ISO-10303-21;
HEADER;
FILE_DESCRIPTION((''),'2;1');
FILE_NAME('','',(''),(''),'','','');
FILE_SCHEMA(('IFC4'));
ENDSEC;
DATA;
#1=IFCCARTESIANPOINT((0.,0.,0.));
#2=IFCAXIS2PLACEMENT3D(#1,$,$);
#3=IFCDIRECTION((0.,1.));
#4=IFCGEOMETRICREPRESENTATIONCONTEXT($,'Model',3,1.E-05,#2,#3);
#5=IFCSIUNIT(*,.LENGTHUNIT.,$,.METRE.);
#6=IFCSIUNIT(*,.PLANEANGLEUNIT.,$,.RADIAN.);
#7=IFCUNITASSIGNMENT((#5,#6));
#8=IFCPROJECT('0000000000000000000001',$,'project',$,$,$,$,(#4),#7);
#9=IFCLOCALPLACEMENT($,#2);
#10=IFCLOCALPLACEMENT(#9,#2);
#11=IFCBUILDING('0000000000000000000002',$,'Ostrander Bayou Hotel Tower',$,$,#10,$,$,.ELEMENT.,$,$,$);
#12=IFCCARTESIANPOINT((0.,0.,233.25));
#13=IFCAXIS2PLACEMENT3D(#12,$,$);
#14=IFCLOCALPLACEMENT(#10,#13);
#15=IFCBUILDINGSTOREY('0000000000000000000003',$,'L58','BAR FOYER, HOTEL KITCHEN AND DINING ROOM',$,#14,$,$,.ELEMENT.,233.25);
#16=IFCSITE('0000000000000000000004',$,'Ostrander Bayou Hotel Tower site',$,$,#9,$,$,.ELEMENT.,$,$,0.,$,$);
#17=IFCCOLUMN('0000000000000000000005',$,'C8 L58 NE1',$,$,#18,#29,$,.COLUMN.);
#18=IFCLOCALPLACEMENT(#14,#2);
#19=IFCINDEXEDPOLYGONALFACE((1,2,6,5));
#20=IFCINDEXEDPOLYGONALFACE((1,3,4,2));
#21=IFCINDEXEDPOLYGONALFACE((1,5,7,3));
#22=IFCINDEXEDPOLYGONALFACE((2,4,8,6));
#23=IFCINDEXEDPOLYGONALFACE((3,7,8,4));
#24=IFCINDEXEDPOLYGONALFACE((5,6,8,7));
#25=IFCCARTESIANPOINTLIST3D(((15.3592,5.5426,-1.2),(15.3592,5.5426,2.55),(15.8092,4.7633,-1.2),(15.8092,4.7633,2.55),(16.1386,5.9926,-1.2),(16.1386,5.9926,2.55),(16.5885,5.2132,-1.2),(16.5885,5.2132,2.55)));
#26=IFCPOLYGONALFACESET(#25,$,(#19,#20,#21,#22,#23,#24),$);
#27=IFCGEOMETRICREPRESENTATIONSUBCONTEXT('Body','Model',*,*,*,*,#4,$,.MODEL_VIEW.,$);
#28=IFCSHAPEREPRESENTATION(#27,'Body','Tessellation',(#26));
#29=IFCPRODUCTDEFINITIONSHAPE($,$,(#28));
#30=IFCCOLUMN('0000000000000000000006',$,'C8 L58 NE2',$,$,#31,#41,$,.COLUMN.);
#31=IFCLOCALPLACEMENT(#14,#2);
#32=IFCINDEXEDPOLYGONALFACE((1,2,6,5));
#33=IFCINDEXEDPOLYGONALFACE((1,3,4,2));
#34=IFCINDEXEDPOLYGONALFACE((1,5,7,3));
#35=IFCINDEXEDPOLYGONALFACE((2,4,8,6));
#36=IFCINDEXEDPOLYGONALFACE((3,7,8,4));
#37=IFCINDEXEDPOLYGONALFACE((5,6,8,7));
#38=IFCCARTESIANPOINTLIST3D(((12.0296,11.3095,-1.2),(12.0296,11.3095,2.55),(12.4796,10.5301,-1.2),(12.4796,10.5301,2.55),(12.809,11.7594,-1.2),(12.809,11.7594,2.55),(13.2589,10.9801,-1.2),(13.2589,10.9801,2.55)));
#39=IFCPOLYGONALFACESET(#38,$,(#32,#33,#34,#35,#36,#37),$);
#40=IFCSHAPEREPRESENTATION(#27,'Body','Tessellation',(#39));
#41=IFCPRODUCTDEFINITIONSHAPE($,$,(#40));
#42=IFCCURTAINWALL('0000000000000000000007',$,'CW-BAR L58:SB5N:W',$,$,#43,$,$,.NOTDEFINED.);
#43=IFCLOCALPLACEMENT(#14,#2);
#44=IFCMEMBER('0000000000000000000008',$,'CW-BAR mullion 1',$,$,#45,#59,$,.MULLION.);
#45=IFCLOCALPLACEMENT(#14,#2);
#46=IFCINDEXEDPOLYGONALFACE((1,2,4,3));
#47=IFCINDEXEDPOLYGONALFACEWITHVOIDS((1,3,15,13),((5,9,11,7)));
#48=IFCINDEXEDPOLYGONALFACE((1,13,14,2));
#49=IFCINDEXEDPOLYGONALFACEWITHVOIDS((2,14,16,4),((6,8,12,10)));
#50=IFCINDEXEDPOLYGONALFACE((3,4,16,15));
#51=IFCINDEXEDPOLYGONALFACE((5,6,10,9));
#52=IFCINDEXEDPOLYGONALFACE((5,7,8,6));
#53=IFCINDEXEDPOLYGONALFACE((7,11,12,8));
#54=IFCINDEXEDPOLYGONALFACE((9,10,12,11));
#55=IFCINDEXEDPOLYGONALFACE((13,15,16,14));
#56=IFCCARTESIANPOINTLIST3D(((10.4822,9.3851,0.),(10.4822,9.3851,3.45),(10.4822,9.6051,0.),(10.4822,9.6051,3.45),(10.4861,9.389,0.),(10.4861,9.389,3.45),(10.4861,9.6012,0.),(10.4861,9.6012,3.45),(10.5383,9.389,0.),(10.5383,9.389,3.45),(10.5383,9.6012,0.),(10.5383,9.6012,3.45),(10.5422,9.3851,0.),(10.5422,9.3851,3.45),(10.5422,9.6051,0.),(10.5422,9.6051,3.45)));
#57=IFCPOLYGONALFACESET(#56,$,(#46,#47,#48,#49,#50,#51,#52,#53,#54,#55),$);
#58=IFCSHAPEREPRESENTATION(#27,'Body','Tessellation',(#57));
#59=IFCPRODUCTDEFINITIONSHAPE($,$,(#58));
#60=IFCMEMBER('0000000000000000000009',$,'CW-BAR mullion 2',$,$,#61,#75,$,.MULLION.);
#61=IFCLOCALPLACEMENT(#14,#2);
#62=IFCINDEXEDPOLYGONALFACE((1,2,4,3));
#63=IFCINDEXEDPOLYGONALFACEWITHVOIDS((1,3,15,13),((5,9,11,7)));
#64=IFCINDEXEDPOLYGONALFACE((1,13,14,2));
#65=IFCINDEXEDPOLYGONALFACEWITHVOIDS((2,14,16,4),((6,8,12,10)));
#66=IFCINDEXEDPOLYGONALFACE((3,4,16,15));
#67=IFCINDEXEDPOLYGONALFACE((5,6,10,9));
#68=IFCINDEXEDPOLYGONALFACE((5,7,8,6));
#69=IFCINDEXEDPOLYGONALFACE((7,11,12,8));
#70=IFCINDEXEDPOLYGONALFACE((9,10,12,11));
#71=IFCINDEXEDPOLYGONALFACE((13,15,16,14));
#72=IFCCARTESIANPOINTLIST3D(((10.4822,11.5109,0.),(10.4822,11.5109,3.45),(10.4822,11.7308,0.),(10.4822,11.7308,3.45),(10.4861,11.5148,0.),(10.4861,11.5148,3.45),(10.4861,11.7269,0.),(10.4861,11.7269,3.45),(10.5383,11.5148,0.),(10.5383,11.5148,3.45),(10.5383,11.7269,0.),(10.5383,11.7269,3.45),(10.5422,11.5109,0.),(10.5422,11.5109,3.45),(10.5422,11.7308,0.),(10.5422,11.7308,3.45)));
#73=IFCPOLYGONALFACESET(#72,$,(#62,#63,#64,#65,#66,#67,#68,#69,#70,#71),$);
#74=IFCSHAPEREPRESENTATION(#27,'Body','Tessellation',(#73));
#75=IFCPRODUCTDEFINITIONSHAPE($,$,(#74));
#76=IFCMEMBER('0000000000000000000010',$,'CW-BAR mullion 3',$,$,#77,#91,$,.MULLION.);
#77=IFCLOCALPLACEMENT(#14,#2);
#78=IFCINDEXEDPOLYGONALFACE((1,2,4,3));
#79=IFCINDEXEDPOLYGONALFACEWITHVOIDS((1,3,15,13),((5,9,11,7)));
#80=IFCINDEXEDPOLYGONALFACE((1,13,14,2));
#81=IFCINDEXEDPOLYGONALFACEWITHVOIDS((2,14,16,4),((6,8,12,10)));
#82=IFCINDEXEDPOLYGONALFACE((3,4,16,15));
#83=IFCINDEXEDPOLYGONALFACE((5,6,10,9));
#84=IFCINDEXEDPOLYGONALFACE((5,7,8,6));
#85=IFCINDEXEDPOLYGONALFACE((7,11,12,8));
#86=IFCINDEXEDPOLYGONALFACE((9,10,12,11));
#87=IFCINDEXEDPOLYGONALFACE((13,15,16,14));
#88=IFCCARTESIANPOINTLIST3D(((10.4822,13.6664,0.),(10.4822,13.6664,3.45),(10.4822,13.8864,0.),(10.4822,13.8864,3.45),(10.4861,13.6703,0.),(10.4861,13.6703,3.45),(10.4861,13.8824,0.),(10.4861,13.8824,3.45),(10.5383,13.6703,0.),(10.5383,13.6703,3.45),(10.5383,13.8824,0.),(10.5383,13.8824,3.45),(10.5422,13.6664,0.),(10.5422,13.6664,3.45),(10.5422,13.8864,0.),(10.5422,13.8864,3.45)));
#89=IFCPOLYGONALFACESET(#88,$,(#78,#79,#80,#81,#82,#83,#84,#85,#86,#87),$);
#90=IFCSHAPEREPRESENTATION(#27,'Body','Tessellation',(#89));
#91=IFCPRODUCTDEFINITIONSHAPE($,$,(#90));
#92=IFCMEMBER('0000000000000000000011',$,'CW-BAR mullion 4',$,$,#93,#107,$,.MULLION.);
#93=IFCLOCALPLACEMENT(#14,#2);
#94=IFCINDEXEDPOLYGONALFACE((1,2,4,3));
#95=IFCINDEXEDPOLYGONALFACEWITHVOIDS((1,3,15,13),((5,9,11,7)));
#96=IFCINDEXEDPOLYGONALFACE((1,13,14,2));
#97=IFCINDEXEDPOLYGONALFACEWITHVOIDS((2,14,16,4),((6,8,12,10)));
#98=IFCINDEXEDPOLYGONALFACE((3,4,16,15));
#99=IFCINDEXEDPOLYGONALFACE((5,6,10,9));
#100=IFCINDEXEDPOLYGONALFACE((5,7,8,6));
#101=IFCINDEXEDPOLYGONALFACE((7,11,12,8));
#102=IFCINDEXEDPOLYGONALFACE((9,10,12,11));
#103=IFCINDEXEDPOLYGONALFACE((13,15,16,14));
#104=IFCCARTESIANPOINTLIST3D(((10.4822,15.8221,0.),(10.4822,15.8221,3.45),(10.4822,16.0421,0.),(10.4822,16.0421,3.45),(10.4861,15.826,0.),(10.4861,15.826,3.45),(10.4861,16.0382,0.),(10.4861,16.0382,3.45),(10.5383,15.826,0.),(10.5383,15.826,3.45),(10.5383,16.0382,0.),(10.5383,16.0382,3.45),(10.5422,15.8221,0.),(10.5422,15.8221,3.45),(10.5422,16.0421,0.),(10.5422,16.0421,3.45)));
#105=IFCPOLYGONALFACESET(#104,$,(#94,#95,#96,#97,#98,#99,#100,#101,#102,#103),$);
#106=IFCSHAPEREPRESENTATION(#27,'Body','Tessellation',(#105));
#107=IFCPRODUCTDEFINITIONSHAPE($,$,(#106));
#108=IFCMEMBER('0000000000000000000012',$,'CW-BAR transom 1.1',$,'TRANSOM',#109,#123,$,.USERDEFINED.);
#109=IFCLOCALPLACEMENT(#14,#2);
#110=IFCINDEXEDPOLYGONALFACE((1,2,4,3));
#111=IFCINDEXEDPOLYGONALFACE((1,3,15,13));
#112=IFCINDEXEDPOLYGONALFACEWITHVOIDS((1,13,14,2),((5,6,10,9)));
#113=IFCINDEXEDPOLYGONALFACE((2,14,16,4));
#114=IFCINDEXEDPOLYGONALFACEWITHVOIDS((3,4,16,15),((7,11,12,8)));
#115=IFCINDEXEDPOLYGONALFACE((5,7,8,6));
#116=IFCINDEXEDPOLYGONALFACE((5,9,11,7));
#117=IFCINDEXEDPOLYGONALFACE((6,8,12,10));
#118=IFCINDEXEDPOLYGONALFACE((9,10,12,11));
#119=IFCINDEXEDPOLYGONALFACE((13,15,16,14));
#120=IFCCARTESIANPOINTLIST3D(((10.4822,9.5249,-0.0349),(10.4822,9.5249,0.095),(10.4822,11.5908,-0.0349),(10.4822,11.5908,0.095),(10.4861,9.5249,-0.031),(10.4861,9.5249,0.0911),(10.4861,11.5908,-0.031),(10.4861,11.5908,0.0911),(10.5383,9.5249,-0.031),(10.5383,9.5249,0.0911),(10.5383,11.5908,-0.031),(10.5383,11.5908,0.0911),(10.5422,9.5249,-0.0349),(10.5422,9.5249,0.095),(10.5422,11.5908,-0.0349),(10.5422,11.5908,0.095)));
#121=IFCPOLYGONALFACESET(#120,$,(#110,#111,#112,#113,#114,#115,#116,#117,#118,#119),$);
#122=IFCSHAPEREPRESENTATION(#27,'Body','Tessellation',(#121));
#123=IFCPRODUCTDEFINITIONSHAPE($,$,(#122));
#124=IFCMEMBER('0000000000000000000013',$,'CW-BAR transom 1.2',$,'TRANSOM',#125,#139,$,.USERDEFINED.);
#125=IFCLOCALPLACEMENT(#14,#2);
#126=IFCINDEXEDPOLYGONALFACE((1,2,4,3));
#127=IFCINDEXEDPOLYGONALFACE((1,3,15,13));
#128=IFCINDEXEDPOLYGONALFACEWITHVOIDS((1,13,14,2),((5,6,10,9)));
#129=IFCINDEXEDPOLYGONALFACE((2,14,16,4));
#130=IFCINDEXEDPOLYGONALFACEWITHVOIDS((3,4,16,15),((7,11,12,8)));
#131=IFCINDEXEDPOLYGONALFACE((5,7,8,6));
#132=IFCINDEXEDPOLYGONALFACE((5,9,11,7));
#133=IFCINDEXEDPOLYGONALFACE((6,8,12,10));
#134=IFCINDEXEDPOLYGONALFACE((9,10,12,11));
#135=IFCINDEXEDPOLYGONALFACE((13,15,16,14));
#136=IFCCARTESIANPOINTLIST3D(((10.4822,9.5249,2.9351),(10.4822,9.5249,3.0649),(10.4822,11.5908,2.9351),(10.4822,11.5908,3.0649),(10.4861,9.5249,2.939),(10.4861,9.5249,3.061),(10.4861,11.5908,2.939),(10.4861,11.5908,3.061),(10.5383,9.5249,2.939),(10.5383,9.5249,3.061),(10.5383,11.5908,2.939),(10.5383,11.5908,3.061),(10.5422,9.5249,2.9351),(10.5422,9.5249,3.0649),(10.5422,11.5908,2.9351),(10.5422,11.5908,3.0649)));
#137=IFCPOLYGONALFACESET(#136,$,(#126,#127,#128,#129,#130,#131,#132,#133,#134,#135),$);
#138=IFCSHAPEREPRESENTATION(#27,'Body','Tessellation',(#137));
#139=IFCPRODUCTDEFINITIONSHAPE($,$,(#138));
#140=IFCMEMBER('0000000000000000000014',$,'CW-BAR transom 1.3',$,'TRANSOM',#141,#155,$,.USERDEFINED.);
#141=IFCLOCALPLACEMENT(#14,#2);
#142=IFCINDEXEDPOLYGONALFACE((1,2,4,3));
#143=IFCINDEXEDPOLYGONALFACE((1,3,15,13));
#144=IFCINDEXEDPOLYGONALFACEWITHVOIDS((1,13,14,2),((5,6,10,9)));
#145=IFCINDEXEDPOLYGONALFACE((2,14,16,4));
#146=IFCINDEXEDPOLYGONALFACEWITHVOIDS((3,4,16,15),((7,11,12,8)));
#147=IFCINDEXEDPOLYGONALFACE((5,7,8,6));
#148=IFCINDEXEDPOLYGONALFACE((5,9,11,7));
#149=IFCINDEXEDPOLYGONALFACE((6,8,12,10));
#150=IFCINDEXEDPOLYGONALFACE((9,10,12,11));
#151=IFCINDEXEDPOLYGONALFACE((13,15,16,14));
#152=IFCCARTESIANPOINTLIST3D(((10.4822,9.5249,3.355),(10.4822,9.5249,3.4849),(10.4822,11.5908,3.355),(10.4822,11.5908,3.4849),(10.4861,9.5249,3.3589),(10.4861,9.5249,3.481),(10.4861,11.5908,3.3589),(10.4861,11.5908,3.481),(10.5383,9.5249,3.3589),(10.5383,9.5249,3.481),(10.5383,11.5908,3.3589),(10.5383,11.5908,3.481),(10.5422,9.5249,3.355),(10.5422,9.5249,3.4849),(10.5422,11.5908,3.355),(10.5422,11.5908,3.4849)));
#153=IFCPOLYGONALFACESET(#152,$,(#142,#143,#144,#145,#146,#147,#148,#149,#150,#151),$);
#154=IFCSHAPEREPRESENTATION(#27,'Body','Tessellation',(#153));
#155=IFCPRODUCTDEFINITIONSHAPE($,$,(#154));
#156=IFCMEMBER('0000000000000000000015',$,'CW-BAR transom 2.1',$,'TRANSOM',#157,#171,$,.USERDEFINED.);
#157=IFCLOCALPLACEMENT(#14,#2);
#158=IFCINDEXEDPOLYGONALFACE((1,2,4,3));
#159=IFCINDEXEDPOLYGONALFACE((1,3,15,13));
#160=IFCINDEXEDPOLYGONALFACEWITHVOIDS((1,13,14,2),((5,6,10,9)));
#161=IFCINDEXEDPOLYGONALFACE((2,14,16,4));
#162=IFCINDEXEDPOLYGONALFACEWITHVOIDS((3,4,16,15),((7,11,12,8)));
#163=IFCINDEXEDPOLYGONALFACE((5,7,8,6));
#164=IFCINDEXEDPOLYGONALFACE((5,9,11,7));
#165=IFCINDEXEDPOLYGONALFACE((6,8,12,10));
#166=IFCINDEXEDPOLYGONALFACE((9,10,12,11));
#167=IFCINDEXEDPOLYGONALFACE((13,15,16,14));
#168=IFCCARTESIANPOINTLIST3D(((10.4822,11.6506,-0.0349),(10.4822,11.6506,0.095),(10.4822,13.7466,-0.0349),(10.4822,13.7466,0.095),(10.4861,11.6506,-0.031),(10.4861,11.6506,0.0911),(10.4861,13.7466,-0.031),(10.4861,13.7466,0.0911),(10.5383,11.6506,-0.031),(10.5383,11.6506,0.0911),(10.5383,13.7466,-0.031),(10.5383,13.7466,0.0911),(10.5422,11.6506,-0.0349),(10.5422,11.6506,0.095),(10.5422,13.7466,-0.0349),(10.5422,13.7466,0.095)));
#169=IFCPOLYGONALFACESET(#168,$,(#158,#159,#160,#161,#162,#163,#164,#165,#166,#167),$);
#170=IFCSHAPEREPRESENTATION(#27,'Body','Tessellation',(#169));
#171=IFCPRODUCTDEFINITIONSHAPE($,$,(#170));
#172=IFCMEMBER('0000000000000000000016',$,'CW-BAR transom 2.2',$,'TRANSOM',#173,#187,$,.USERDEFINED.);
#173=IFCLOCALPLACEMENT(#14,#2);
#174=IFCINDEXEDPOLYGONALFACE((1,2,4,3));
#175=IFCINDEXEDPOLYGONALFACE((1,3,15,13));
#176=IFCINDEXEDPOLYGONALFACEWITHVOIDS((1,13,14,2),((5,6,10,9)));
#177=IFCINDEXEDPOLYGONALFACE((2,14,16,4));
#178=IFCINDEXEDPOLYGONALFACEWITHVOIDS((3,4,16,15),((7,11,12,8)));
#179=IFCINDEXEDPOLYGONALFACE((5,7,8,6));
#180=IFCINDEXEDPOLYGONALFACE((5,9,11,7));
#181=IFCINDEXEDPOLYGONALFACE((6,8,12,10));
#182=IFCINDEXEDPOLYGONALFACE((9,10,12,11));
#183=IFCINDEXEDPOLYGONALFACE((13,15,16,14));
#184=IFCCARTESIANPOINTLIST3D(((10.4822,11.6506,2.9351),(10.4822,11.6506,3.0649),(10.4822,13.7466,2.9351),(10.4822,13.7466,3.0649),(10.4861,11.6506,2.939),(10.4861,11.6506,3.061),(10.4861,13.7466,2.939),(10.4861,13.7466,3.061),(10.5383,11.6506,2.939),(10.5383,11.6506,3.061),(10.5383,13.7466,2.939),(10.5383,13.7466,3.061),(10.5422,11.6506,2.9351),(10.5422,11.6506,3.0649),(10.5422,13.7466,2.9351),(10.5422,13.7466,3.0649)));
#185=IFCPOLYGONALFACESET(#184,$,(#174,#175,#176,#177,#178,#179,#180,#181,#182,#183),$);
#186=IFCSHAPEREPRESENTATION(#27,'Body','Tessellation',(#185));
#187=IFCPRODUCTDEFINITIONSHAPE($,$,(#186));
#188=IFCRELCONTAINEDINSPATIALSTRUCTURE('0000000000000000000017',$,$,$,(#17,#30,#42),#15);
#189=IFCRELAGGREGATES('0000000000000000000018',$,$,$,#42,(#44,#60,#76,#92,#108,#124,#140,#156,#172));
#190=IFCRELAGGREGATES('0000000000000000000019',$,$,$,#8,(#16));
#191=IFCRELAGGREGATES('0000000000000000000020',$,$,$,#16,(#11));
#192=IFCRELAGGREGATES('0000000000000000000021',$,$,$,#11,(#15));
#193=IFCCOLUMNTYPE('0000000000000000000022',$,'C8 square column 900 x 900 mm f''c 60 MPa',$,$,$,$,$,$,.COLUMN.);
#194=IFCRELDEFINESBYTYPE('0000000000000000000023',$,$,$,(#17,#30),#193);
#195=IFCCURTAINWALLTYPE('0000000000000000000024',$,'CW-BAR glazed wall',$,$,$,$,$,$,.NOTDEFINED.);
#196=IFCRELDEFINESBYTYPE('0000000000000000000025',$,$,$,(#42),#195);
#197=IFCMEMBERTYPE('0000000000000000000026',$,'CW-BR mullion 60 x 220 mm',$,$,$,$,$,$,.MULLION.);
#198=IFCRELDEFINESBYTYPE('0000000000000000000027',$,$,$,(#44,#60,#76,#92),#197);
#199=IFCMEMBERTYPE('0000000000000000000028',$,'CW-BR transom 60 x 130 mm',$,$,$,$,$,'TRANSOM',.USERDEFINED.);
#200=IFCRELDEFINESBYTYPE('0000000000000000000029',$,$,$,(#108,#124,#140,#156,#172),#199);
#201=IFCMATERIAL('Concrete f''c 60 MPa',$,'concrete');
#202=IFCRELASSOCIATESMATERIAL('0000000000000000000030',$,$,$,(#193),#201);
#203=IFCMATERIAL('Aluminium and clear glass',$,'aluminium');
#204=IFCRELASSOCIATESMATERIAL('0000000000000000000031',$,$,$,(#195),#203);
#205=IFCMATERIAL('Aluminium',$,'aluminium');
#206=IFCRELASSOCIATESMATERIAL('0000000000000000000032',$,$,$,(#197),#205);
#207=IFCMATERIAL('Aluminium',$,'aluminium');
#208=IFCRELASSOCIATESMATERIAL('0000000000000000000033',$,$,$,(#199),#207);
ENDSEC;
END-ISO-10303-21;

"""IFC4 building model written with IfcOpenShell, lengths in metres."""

from ifc_helpers import new_model, si_unit, direction, frame, origin, origin_2d, place, context, subcontext, project, spatial, rectangle, hollow_rectangle, extrude, material, material_profile, profile_set, type_object, element, aggregate, save


model = new_model("IFC4")

# Units and contexts
model_context = context("Model", 3, precision=1e-05, world=origin(), true_north=direction((0.0, 1.0)))
body_context = subcontext(model_context, "Body", "Model", "MODEL_VIEW")
ifc_project = project(units=[si_unit("LENGTHUNIT", "METRE"), si_unit("PLANEANGLEUNIT", "RADIAN")], contexts=[model_context])

# Site, building, storey
site_placement = place(None, origin())
site = spatial("IfcSite", under=ifc_project, at=site_placement, Name="Ostrander Bayou Hotel Tower site", CompositionType="ELEMENT", RefElevation=0.0)
building_placement = place(site_placement, origin())
building = spatial("IfcBuilding", under=site, at=building_placement, Name="Ostrander Bayou Hotel Tower", CompositionType="ELEMENT")
storey_placement = place(building_placement, frame((0.0, 0.0, 233.25)))
storey = spatial("IfcBuildingStorey", under=building, at=storey_placement, Name="L58", Description="BAR FOYER, HOTEL KITCHEN AND DINING ROOM", CompositionType="ELEMENT", Elevation=233.25)

# Columns
ifc_material_1 = material(Name="Concrete f'c 60 MPa", Category="concrete")
ifc_material_profile_1 = material_profile(ifc_material_1, rectangle(XDim=0.8999, YDim=0.8999, at=origin_2d()))
ifc_profile_set_1 = profile_set([ifc_material_profile_1], Name="Concrete f'c 60 MPa")
column_type = type_object("IfcColumnType", Name="C8 square column 900 x 900 mm f'c 60 MPa", PredefinedType="COLUMN", material=ifc_profile_set_1)
for number, where, z_axis, x_axis, name in (
    (1, (15.9739, 5.3779, -1.2), (0.0, 0.0, 1.0), (0.5, -0.866025, 0.0), "C8 L58 NE1"),
    (2, (12.6443, 11.1448, -1.2), (0.0, 0.0, 1.0), (0.5, -0.866025, 0.0), "C8 L58 NE2"),
):
    element("IfcColumn", number, at=place(storey_placement, frame(where, z_axis=z_axis, x_axis=x_axis)), inside=storey, type_object=column_type, Name=name, PredefinedType="COLUMN", context=body_context, shape_type="SweptSolid", body=[
        extrude(rectangle(XDim=0.8999, YDim=0.8999, at=origin_2d()), origin(), (0.0, 0.0, 1.0), 3.75),
    ])

# Curtain wall, members
ifc_material_2 = material(Name="Aluminium and clear glass", Category="aluminium")
curtain_wall_type = type_object("IfcCurtainWallType", Name="CW-BAR glazed wall", PredefinedType="NOTDEFINED", material=ifc_material_2)
curtain_wall_placement = place(storey_placement, origin())
curtain_wall = element("IfcCurtainWall", 3, at=curtain_wall_placement, inside=storey, type_object=curtain_wall_type, Name="CW-BAR L58:SB5N:W", PredefinedType="NOTDEFINED")
ifc_material_3 = material(Name="Aluminium", Category="aluminium")
ifc_material_profile_2 = material_profile(ifc_material_3, hollow_rectangle(XDim=0.0601, YDim=0.22, WallThickness=0.0039, at=origin_2d()))
ifc_profile_set_2 = profile_set([ifc_material_profile_2], Name="Aluminium")
member_type_1 = type_object("IfcMemberType", Name="CW-BR mullion 60 x 220 mm", PredefinedType="MULLION", material=ifc_profile_set_2)
member_1_placement = place(storey_placement, frame((10.5122, 9.4951, 0.0), z_axis=(0.0, 0.0, 1.0), x_axis=(-1.0, 0.0, 0.0)))
member_1 = element("IfcMember", 4, at=member_1_placement, type_object=member_type_1, Name="CW-BAR mullion 1", PredefinedType="MULLION", context=body_context, shape_type="SweptSolid", body=[
    extrude(hollow_rectangle(XDim=0.0601, YDim=0.22, WallThickness=0.0039, at=origin_2d()), origin(), (0.0, 0.0, 1.0), 3.45),
])
member_2_placement = place(storey_placement, frame((10.5122, 11.6208, 0.0), z_axis=(0.0, 0.0, 1.0), x_axis=(-1.0, 0.0, 0.0)))
member_2 = element("IfcMember", 5, at=member_2_placement, type_object=member_type_1, Name="CW-BAR mullion 2", PredefinedType="MULLION", context=body_context, shape_type="SweptSolid", body=[
    extrude(hollow_rectangle(XDim=0.0601, YDim=0.22, WallThickness=0.0039, at=origin_2d()), origin(), (0.0, 0.0, 1.0), 3.45),
])
member_3_placement = place(storey_placement, frame((10.5122, 13.7764, 0.0), z_axis=(0.0, 0.0, 1.0), x_axis=(-1.0, 0.0, 0.0)))
member_3 = element("IfcMember", 6, at=member_3_placement, type_object=member_type_1, Name="CW-BAR mullion 3", PredefinedType="MULLION", context=body_context, shape_type="SweptSolid", body=[
    extrude(hollow_rectangle(XDim=0.0601, YDim=0.22, WallThickness=0.0039, at=origin_2d()), origin(), (0.0, 0.0, 1.0), 3.45),
])
member_4_placement = place(storey_placement, frame((10.5122, 15.9321, 0.0), z_axis=(0.0, 0.0, 1.0), x_axis=(-1.0, 0.0, 0.0)))
member_4 = element("IfcMember", 7, at=member_4_placement, type_object=member_type_1, Name="CW-BAR mullion 4", PredefinedType="MULLION", context=body_context, shape_type="SweptSolid", body=[
    extrude(hollow_rectangle(XDim=0.0601, YDim=0.22, WallThickness=0.0039, at=origin_2d()), origin(), (0.0, 0.0, 1.0), 3.45),
])
ifc_material_4 = material(Name="Aluminium", Category="aluminium")
ifc_material_profile_3 = material_profile(ifc_material_4, hollow_rectangle(XDim=0.0601, YDim=0.1299, WallThickness=0.0039, at=origin_2d()))
ifc_profile_set_3 = profile_set([ifc_material_profile_3], Name="Aluminium")
member_type_2 = type_object("IfcMemberType", Name="CW-BR transom 60 x 130 mm", ElementType="TRANSOM", PredefinedType="USERDEFINED", material=ifc_profile_set_3)
member_5_placement = place(storey_placement, frame((10.5122, 9.5249, 0.03), z_axis=(0.0, 1.0, 0.0), x_axis=(-1.0, 0.0, 0.0)))
member_5 = element("IfcMember", 8, at=member_5_placement, type_object=member_type_2, Name="CW-BAR transom 1.1", ObjectType="TRANSOM", PredefinedType="USERDEFINED", context=body_context, shape_type="SweptSolid", body=[
    extrude(hollow_rectangle(XDim=0.0601, YDim=0.1299, WallThickness=0.0039, at=origin_2d()), origin(), (0.0, 0.0, 1.0), 2.0659),
])
member_6_placement = place(storey_placement, frame((10.5122, 9.5249, 3.0), z_axis=(0.0, 1.0, 0.0), x_axis=(-1.0, 0.0, 0.0)))
member_6 = element("IfcMember", 9, at=member_6_placement, type_object=member_type_2, Name="CW-BAR transom 1.2", ObjectType="TRANSOM", PredefinedType="USERDEFINED", context=body_context, shape_type="SweptSolid", body=[
    extrude(hollow_rectangle(XDim=0.0601, YDim=0.1299, WallThickness=0.0039, at=origin_2d()), origin(), (0.0, 0.0, 1.0), 2.0659),
])
member_7_placement = place(storey_placement, frame((10.5122, 9.5249, 3.4199), z_axis=(0.0, 1.0, 0.0), x_axis=(-1.0, 0.0, 0.0)))
member_7 = element("IfcMember", 10, at=member_7_placement, type_object=member_type_2, Name="CW-BAR transom 1.3", ObjectType="TRANSOM", PredefinedType="USERDEFINED", context=body_context, shape_type="SweptSolid", body=[
    extrude(hollow_rectangle(XDim=0.0601, YDim=0.1299, WallThickness=0.0039, at=origin_2d()), origin(), (0.0, 0.0, 1.0), 2.0659),
])
member_8_placement = place(storey_placement, frame((10.5122, 11.6506, 0.03), z_axis=(0.0, 1.0, 0.0), x_axis=(-1.0, 0.0, 0.0)))
member_8 = element("IfcMember", 11, at=member_8_placement, type_object=member_type_2, Name="CW-BAR transom 2.1", ObjectType="TRANSOM", PredefinedType="USERDEFINED", context=body_context, shape_type="SweptSolid", body=[
    extrude(hollow_rectangle(XDim=0.0601, YDim=0.1299, WallThickness=0.0039, at=origin_2d()), origin(), (0.0, 0.0, 1.0), 2.0959),
])
member_9_placement = place(storey_placement, frame((10.5122, 11.6506, 3.0), z_axis=(0.0, 1.0, 0.0), x_axis=(-1.0, 0.0, 0.0)))
member_9 = element("IfcMember", 12, at=member_9_placement, type_object=member_type_2, Name="CW-BAR transom 2.2", ObjectType="TRANSOM", PredefinedType="USERDEFINED", context=body_context, shape_type="SweptSolid", body=[
    extrude(hollow_rectangle(XDim=0.0601, YDim=0.1299, WallThickness=0.0039, at=origin_2d()), origin(), (0.0, 0.0, 1.0), 2.0959),
])

aggregate(curtain_wall, [member_1, member_2, member_3, member_4, member_5, member_6, member_7, member_8, member_9])

save(model, "model.ifc")
